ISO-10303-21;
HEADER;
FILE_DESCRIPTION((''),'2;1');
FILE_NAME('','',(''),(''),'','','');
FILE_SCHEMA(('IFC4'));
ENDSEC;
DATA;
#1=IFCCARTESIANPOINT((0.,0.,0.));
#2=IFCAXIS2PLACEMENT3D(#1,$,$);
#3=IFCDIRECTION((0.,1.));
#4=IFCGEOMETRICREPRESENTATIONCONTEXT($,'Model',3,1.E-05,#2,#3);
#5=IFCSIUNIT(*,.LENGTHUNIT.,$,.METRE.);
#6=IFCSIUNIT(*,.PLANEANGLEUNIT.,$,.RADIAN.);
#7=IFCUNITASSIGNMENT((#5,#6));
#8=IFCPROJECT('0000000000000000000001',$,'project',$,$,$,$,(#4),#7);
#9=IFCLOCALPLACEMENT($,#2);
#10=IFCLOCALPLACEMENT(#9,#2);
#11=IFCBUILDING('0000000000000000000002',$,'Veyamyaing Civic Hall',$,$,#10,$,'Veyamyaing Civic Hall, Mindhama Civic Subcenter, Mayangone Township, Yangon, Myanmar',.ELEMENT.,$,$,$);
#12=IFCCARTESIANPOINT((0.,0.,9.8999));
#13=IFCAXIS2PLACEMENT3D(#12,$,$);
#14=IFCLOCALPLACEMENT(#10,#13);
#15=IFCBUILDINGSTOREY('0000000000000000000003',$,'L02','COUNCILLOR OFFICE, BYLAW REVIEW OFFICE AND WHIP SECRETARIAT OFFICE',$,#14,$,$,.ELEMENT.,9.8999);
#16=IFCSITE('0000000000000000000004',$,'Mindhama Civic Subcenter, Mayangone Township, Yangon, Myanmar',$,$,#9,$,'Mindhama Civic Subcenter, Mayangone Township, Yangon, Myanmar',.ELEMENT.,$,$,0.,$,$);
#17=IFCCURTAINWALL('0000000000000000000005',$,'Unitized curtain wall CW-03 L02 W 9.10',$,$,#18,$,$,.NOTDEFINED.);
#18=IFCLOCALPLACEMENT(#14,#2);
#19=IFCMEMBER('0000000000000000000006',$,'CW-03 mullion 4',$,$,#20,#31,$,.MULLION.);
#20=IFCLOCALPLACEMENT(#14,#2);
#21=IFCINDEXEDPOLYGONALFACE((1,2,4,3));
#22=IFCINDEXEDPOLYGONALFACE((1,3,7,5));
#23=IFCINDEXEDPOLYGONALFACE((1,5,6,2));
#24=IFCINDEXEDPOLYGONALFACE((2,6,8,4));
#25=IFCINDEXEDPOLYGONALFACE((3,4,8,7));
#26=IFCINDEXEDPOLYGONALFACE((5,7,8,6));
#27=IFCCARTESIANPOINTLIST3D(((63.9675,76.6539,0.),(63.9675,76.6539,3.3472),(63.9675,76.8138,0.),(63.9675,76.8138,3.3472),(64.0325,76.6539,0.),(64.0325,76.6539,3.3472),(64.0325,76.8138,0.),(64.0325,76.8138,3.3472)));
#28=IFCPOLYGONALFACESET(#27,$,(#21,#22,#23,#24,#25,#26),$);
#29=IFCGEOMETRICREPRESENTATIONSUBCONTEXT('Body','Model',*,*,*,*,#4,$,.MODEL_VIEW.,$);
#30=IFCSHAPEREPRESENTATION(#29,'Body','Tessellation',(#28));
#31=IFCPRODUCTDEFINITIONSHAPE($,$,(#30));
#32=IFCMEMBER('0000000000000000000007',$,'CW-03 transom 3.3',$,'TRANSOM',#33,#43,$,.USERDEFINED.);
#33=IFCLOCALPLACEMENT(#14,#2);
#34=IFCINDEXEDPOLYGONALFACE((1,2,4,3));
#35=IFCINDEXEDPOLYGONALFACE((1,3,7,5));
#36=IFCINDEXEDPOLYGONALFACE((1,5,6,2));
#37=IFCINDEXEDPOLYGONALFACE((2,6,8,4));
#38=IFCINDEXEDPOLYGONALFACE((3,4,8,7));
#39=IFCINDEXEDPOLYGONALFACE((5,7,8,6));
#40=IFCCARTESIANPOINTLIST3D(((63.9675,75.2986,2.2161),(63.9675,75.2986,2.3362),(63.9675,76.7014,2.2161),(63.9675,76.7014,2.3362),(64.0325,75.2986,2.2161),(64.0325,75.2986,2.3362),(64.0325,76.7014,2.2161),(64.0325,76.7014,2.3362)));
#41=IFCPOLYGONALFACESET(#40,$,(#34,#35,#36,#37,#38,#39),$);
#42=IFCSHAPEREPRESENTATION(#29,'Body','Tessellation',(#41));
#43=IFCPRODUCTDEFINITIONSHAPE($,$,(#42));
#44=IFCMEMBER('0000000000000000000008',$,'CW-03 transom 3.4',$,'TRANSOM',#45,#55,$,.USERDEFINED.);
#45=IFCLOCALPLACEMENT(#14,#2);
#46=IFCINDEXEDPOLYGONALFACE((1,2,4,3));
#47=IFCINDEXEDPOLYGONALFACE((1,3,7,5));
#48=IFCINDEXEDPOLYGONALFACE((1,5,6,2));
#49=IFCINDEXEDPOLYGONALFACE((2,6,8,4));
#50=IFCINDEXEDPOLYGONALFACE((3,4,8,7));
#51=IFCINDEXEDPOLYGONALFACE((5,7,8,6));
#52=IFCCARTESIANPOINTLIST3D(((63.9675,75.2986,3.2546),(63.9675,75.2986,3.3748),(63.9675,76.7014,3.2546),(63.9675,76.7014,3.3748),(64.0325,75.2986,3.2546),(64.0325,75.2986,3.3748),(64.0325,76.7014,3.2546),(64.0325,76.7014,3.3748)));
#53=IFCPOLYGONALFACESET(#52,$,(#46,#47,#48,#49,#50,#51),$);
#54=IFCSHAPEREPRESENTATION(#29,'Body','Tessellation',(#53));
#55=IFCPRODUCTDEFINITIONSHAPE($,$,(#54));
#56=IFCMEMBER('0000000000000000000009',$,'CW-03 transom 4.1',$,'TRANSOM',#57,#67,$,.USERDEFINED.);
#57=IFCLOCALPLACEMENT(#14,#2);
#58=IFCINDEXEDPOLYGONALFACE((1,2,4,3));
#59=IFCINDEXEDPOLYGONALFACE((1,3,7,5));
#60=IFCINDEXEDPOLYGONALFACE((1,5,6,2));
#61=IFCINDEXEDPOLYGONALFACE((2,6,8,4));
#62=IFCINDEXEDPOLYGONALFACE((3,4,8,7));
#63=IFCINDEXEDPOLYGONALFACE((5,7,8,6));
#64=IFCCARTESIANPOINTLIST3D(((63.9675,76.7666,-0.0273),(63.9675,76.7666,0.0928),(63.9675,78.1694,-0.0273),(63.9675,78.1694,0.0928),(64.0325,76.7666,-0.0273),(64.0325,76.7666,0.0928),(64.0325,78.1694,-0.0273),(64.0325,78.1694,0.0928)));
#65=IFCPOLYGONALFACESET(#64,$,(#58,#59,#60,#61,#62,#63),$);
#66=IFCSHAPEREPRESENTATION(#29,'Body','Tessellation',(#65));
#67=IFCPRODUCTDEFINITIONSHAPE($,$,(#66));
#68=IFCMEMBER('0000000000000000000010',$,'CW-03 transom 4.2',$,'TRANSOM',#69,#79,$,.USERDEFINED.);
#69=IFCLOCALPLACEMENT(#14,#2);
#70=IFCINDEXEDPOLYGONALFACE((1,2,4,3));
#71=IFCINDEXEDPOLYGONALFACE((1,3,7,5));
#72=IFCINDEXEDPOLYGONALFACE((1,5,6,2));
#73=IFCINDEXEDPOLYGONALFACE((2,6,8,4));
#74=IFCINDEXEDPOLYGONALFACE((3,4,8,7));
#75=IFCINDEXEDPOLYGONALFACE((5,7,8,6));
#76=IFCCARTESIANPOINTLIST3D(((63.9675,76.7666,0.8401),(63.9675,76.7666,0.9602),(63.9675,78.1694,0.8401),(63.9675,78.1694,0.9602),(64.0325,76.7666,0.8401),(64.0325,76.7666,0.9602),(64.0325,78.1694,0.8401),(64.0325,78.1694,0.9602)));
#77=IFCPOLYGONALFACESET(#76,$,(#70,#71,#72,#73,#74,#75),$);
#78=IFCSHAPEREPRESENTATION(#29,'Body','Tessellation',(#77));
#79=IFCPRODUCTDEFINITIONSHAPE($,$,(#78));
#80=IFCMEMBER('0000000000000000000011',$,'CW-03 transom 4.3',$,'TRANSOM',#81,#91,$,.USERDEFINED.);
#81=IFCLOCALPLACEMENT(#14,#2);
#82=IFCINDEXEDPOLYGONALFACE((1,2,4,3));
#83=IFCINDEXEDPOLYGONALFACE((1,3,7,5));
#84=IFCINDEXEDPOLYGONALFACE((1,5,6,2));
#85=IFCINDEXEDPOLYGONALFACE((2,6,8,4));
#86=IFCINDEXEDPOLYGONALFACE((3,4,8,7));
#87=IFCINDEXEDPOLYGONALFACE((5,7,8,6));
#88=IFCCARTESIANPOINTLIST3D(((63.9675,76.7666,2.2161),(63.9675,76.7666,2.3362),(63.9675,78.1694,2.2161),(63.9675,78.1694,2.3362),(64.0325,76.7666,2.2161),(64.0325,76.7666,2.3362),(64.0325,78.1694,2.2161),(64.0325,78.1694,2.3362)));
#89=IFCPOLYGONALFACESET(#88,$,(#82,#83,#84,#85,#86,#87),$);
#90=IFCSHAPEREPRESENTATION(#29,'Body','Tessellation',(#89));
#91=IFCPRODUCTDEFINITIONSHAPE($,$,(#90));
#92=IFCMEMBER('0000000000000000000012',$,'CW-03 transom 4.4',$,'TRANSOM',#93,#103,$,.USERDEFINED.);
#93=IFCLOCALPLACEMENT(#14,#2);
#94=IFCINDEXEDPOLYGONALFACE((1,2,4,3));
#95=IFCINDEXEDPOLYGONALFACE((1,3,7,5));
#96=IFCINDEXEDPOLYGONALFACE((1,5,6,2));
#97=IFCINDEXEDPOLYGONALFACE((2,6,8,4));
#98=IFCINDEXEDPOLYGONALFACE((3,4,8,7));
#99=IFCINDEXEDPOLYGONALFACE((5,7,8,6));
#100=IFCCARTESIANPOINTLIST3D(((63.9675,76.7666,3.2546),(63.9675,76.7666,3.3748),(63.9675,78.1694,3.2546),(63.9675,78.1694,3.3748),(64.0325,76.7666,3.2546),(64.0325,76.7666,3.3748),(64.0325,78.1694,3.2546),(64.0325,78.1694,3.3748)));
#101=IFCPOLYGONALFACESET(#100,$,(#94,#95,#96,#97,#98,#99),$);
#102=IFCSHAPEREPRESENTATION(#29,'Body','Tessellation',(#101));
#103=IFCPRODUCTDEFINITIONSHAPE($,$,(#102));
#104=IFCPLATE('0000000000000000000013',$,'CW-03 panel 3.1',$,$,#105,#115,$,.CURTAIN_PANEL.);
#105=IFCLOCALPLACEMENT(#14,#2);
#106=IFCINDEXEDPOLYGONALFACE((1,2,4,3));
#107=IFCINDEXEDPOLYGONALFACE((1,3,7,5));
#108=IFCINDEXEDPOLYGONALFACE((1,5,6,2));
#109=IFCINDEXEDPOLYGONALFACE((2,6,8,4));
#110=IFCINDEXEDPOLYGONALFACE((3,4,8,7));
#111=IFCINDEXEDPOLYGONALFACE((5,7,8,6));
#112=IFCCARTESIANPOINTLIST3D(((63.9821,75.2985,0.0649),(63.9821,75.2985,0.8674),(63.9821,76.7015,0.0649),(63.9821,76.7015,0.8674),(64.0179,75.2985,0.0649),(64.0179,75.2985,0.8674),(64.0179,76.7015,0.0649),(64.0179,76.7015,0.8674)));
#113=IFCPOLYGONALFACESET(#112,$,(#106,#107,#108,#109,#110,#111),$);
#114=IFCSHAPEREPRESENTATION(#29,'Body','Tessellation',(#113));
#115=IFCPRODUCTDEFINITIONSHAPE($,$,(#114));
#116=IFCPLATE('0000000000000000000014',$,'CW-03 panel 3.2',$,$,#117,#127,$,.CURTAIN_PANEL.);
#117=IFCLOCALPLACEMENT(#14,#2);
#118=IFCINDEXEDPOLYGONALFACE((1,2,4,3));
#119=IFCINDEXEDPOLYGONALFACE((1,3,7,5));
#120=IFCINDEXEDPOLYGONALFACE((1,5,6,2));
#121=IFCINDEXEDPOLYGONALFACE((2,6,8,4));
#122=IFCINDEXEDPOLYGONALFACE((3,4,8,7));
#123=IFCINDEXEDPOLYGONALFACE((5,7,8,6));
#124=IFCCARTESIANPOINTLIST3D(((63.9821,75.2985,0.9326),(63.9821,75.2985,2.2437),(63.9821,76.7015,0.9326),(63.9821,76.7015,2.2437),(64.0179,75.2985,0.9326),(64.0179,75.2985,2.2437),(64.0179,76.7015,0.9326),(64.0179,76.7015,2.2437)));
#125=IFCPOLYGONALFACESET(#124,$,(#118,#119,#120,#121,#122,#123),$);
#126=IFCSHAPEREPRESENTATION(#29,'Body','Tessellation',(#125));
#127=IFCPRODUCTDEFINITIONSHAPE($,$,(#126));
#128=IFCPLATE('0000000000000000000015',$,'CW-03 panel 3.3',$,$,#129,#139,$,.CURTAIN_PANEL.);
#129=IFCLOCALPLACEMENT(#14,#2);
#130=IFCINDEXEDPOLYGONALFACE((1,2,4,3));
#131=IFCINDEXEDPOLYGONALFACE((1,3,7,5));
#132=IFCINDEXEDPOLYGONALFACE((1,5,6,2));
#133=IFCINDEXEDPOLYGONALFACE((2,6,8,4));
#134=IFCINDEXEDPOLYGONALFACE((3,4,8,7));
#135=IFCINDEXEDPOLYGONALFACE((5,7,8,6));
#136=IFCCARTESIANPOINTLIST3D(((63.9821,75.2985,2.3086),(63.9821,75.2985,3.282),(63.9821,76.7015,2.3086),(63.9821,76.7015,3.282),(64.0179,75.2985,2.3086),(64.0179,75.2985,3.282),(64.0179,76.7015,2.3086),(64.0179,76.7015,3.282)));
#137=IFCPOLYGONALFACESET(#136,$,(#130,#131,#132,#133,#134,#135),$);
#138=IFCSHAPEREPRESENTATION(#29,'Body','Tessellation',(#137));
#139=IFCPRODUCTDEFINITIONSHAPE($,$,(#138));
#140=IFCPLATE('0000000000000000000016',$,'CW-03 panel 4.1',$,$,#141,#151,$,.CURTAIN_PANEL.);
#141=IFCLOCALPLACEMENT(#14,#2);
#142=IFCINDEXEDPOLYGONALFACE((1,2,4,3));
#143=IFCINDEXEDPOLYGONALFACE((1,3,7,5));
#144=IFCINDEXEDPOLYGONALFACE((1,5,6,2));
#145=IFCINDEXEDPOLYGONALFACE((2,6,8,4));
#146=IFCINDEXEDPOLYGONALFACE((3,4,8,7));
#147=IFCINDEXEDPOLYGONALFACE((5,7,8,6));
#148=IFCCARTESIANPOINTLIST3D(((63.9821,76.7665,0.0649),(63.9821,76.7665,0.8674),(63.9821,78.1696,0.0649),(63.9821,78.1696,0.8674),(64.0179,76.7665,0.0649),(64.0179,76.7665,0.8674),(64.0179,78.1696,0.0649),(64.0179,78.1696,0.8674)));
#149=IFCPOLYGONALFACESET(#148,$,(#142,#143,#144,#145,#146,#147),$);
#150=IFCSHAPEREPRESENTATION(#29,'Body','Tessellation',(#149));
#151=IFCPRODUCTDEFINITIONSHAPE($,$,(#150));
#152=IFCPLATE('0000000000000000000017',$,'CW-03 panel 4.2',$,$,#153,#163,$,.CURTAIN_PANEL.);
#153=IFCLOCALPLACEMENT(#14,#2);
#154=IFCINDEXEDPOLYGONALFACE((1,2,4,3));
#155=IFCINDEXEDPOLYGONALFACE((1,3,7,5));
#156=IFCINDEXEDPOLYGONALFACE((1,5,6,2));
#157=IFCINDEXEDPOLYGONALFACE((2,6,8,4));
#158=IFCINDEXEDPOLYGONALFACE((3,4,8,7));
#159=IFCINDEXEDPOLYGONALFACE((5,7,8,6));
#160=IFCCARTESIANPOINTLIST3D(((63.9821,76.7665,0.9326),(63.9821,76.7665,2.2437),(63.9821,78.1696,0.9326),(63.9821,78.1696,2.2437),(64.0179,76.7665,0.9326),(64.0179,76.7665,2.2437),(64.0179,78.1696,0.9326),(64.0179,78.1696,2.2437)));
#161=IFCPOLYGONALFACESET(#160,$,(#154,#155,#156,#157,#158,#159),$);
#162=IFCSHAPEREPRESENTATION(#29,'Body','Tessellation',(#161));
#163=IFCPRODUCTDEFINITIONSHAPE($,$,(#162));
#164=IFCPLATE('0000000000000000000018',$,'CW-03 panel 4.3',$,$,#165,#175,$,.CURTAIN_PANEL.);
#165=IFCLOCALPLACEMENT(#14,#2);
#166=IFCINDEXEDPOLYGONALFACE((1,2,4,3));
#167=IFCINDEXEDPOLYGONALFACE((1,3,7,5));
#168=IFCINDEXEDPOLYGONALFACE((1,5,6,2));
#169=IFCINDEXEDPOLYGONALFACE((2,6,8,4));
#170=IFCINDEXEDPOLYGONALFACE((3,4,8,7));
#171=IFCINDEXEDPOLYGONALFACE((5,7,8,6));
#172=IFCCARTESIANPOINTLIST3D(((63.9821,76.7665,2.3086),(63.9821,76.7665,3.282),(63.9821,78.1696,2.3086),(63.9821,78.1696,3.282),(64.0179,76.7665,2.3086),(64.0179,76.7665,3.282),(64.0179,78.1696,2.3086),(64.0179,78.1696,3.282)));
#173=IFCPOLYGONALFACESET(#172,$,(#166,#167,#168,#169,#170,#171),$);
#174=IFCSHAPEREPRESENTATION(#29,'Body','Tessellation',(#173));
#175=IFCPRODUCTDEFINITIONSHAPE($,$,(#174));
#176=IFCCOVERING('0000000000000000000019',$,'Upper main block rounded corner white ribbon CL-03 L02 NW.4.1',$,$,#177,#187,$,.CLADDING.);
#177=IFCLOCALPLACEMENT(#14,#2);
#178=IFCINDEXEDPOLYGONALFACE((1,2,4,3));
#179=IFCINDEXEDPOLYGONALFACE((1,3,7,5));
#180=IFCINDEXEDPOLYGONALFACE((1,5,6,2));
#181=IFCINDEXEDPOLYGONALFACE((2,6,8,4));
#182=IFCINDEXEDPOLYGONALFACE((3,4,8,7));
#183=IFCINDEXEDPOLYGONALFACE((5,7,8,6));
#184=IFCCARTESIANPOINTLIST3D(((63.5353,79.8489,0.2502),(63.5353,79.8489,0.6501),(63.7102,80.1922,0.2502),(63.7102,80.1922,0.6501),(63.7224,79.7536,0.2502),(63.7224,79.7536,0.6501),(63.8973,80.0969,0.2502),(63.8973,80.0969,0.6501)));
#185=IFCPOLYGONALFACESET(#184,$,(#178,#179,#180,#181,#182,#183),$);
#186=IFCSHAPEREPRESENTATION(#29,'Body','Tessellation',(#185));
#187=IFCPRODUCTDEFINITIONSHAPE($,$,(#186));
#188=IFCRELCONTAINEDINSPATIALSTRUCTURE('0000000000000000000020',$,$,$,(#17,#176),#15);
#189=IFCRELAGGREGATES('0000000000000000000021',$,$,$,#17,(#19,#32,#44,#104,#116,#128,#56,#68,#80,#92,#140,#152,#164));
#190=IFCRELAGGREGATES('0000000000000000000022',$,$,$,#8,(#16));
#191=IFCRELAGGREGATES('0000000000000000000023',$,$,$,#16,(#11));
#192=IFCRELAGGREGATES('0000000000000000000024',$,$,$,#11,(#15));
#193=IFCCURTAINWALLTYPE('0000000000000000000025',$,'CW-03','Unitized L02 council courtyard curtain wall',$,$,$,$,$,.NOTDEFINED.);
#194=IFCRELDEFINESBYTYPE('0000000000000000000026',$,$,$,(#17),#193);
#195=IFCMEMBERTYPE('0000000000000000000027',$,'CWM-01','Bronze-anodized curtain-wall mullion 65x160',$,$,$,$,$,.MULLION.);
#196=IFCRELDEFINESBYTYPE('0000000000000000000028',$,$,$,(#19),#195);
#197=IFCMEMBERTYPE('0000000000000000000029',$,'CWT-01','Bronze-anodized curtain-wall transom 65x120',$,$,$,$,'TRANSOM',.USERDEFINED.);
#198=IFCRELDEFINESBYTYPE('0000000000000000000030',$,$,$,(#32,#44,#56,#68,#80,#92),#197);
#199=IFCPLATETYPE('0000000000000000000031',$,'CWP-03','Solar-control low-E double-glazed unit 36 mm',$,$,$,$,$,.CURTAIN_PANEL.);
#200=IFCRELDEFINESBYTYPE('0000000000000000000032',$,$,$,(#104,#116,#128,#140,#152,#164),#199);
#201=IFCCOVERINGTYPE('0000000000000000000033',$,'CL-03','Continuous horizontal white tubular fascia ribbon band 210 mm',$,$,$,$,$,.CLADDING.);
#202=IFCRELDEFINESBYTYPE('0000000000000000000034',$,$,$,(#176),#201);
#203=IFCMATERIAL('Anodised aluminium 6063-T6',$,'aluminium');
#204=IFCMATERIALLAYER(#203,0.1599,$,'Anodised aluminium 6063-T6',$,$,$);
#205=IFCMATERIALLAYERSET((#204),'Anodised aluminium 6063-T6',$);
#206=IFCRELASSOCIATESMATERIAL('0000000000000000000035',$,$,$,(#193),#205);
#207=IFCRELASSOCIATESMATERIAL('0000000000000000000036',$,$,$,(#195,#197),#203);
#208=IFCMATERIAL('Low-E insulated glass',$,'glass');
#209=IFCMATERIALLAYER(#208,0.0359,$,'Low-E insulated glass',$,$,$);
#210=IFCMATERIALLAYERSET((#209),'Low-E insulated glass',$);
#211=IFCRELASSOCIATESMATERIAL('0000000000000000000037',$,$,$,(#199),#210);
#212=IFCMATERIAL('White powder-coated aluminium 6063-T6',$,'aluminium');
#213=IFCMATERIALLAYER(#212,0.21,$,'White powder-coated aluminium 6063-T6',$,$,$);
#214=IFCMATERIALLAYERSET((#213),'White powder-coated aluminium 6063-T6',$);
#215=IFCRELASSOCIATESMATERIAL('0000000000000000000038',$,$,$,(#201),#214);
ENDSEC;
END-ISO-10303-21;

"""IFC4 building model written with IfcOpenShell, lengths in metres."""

from ifc_helpers import new_model, si_unit, direction, frame, origin, origin_2d, place, context, subcontext, project, spatial, rectangle, extrude, material, layer, layer_set, material_profile, profile_set, type_object, element, aggregate, save


model = new_model("IFC4")

# Units and contexts
model_context = context("Model", 3, precision=1e-05, world=origin(), true_north=direction((0.0, 1.0)))
body_context = subcontext(model_context, "Body", "Model", "MODEL_VIEW")
ifc_project = project(units=[si_unit("LENGTHUNIT", "METRE"), si_unit("PLANEANGLEUNIT", "RADIAN")], contexts=[model_context])

# Site, building, storey
site_placement = place(None, origin())
site = spatial("IfcSite", under=ifc_project, at=site_placement, Name="Mindhama Civic Subcenter, Mayangone Township, Yangon, Myanmar", LongName="Mindhama Civic Subcenter, Mayangone Township, Yangon, Myanmar", CompositionType="ELEMENT", RefElevation=0.0)
building_placement = place(site_placement, origin())
building = spatial("IfcBuilding", under=site, at=building_placement, Name="Veyamyaing Civic Hall", LongName="Veyamyaing Civic Hall, Mindhama Civic Subcenter, Mayangone Township, Yangon, Myanmar", CompositionType="ELEMENT")
storey_placement = place(building_placement, frame((0.0, 0.0, 9.8999)))
storey = spatial("IfcBuildingStorey", under=building, at=storey_placement, Name="L02", Description="COUNCILLOR OFFICE, BYLAW REVIEW OFFICE AND WHIP SECRETARIAT OFFICE", CompositionType="ELEMENT", Elevation=9.8999)

# Curtain wall, members, plates
ifc_material_1 = material(Name="Anodised aluminium 6063-T6", Category="aluminium")
ifc_layer_1 = layer(ifc_material_1, 0.1599, Name="Anodised aluminium 6063-T6")
ifc_layer_set_1 = layer_set([ifc_layer_1], Name="Anodised aluminium 6063-T6")
curtain_wall_type = type_object("IfcCurtainWallType", Name="CW-03", Description="Unitized L02 council courtyard curtain wall", PredefinedType="NOTDEFINED", material=ifc_layer_set_1)
curtain_wall_placement = place(storey_placement, origin())
curtain_wall = element("IfcCurtainWall", 1, at=curtain_wall_placement, inside=storey, type_object=curtain_wall_type, Name="Unitized curtain wall CW-03 L02 W 9.10", PredefinedType="NOTDEFINED")
ifc_material_profile_1 = material_profile(ifc_material_1, rectangle(XDim=0.0649, YDim=0.1599, at=origin_2d()), Name="ALU-MUL-65X160")
ifc_profile_set_1 = profile_set([ifc_material_profile_1], Name="Anodised aluminium 6063-T6")
member_type_1 = type_object("IfcMemberType", Name="CWM-01", Description="Bronze-anodized curtain-wall mullion 65x160", PredefinedType="MULLION", material=ifc_profile_set_1)
member_1_placement = place(storey_placement, frame((64.0, 76.7339, 0.0), z_axis=(0.0, 0.0, 1.0), x_axis=(-1.0, 0.0, 0.0)))
member_1 = element("IfcMember", 2, at=member_1_placement, type_object=member_type_1, Name="CW-03 mullion 4", PredefinedType="MULLION", context=body_context, shape_type="SweptSolid", body=[
    extrude(rectangle(XDim=0.0649, YDim=0.1599, at=origin_2d()), origin(), (0.0, 0.0, 1.0), 3.3472),
])
ifc_material_profile_2 = material_profile(ifc_material_1, rectangle(XDim=0.0649, YDim=0.1201, at=origin_2d()), Name="ALU-TRN-65X120")
ifc_profile_set_2 = profile_set([ifc_material_profile_2], Name="Anodised aluminium 6063-T6")
member_type_2 = type_object("IfcMemberType", Name="CWT-01", Description="Bronze-anodized curtain-wall transom 65x120", ElementType="TRANSOM", PredefinedType="USERDEFINED", material=ifc_profile_set_2)
member_2_placement = place(storey_placement, frame((64.0, 75.2986, 2.2761), z_axis=(0.0, 1.0, 0.0), x_axis=(-1.0, 0.0, 0.0)))
member_2 = element("IfcMember", 3, at=member_2_placement, type_object=member_type_2, Name="CW-03 transom 3.3", ObjectType="TRANSOM", PredefinedType="USERDEFINED", context=body_context, shape_type="SweptSolid", body=[
    extrude(rectangle(XDim=0.0649, YDim=0.1201, at=origin_2d()), origin(), (0.0, 0.0, 1.0), 1.4028),
])
member_3_placement = place(storey_placement, frame((64.0, 75.2986, 3.3147), z_axis=(0.0, 1.0, 0.0), x_axis=(-1.0, 0.0, 0.0)))
member_3 = element("IfcMember", 4, at=member_3_placement, type_object=member_type_2, Name="CW-03 transom 3.4", ObjectType="TRANSOM", PredefinedType="USERDEFINED", context=body_context, shape_type="SweptSolid", body=[
    extrude(rectangle(XDim=0.0649, YDim=0.1201, at=origin_2d()), origin(), (0.0, 0.0, 1.0), 1.4028),
])
member_4_placement = place(storey_placement, frame((64.0, 76.7666, 0.0327), z_axis=(0.0, 1.0, 0.0), x_axis=(-1.0, 0.0, 0.0)))
member_4 = element("IfcMember", 5, at=member_4_placement, type_object=member_type_2, Name="CW-03 transom 4.1", ObjectType="TRANSOM", PredefinedType="USERDEFINED", context=body_context, shape_type="SweptSolid", body=[
    extrude(rectangle(XDim=0.0649, YDim=0.1201, at=origin_2d()), origin(), (0.0, 0.0, 1.0), 1.4028),
])
member_5_placement = place(storey_placement, frame((64.0, 76.7666, 0.9001), z_axis=(0.0, 1.0, 0.0), x_axis=(-1.0, 0.0, 0.0)))
member_5 = element("IfcMember", 6, at=member_5_placement, type_object=member_type_2, Name="CW-03 transom 4.2", ObjectType="TRANSOM", PredefinedType="USERDEFINED", context=body_context, shape_type="SweptSolid", body=[
    extrude(rectangle(XDim=0.0649, YDim=0.1201, at=origin_2d()), origin(), (0.0, 0.0, 1.0), 1.4028),
])
member_6_placement = place(storey_placement, frame((64.0, 76.7666, 2.2761), z_axis=(0.0, 1.0, 0.0), x_axis=(-1.0, 0.0, 0.0)))
member_6 = element("IfcMember", 7, at=member_6_placement, type_object=member_type_2, Name="CW-03 transom 4.3", ObjectType="TRANSOM", PredefinedType="USERDEFINED", context=body_context, shape_type="SweptSolid", body=[
    extrude(rectangle(XDim=0.0649, YDim=0.1201, at=origin_2d()), origin(), (0.0, 0.0, 1.0), 1.4028),
])
member_7_placement = place(storey_placement, frame((64.0, 76.7666, 3.3147), z_axis=(0.0, 1.0, 0.0), x_axis=(-1.0, 0.0, 0.0)))
member_7 = element("IfcMember", 8, at=member_7_placement, type_object=member_type_2, Name="CW-03 transom 4.4", ObjectType="TRANSOM", PredefinedType="USERDEFINED", context=body_context, shape_type="SweptSolid", body=[
    extrude(rectangle(XDim=0.0649, YDim=0.1201, at=origin_2d()), origin(), (0.0, 0.0, 1.0), 1.4028),
])
ifc_material_2 = material(Name="Low-E insulated glass", Category="glass")
ifc_layer_2 = layer(ifc_material_2, 0.0359, Name="Low-E insulated glass")
ifc_layer_set_2 = layer_set([ifc_layer_2], Name="Low-E insulated glass")
plate_type = type_object("IfcPlateType", Name="CWP-03", Description="Solar-control low-E double-glazed unit 36 mm", PredefinedType="CURTAIN_PANEL", material=ifc_layer_set_2)
plate_1_placement = place(storey_placement, frame((64.0, 76.0, 0.0649), z_axis=(0.0, 0.0, 1.0), x_axis=(0.0, 1.0, 0.0)))
plate_1 = element("IfcPlate", 9, at=plate_1_placement, type_object=plate_type, Name="CW-03 panel 3.1", PredefinedType="CURTAIN_PANEL", context=body_context, shape_type="SweptSolid", body=[
    extrude(rectangle(XDim=1.4031, YDim=0.0359, at=origin_2d()), origin(), (0.0, 0.0, 1.0), 0.8025),
])
plate_2_placement = place(storey_placement, frame((64.0, 76.0, 0.9326), z_axis=(0.0, 0.0, 1.0), x_axis=(0.0, 1.0, 0.0)))
plate_2 = element("IfcPlate", 10, at=plate_2_placement, type_object=plate_type, Name="CW-03 panel 3.2", PredefinedType="CURTAIN_PANEL", context=body_context, shape_type="SweptSolid", body=[
    extrude(rectangle(XDim=1.4031, YDim=0.0359, at=origin_2d()), origin(), (0.0, 0.0, 1.0), 1.311),
])
plate_3_placement = place(storey_placement, frame((64.0, 76.0, 2.3086), z_axis=(0.0, 0.0, 1.0), x_axis=(0.0, 1.0, 0.0)))
plate_3 = element("IfcPlate", 11, at=plate_3_placement, type_object=plate_type, Name="CW-03 panel 3.3", PredefinedType="CURTAIN_PANEL", context=body_context, shape_type="SweptSolid", body=[
    extrude(rectangle(XDim=1.4031, YDim=0.0359, at=origin_2d()), origin(), (0.0, 0.0, 1.0), 0.9734),
])
plate_4_placement = place(storey_placement, frame((64.0, 77.468, 0.0649), z_axis=(0.0, 0.0, 1.0), x_axis=(0.0, 1.0, 0.0)))
plate_4 = element("IfcPlate", 12, at=plate_4_placement, type_object=plate_type, Name="CW-03 panel 4.1", PredefinedType="CURTAIN_PANEL", context=body_context, shape_type="SweptSolid", body=[
    extrude(rectangle(XDim=1.4031, YDim=0.0359, at=origin_2d()), origin(), (0.0, 0.0, 1.0), 0.8025),
])
plate_5_placement = place(storey_placement, frame((64.0, 77.468, 0.9326), z_axis=(0.0, 0.0, 1.0), x_axis=(0.0, 1.0, 0.0)))
plate_5 = element("IfcPlate", 13, at=plate_5_placement, type_object=plate_type, Name="CW-03 panel 4.2", PredefinedType="CURTAIN_PANEL", context=body_context, shape_type="SweptSolid", body=[
    extrude(rectangle(XDim=1.4031, YDim=0.0359, at=origin_2d()), origin(), (0.0, 0.0, 1.0), 1.311),
])
plate_6_placement = place(storey_placement, frame((64.0, 77.468, 2.3086), z_axis=(0.0, 0.0, 1.0), x_axis=(0.0, 1.0, 0.0)))
plate_6 = element("IfcPlate", 14, at=plate_6_placement, type_object=plate_type, Name="CW-03 panel 4.3", PredefinedType="CURTAIN_PANEL", context=body_context, shape_type="SweptSolid", body=[
    extrude(rectangle(XDim=1.4031, YDim=0.0359, at=origin_2d()), origin(), (0.0, 0.0, 1.0), 0.9734),
])
aggregate(curtain_wall, [member_1, member_2, member_3, plate_1, plate_2, plate_3, member_4, member_5, member_6, member_7, plate_4, plate_5, plate_6])

# Covering
ifc_material_3 = material(Name="White powder-coated aluminium 6063-T6", Category="aluminium")
ifc_layer_3 = layer(ifc_material_3, 0.21, Name="White powder-coated aluminium 6063-T6")
ifc_layer_set_3 = layer_set([ifc_layer_3], Name="White powder-coated aluminium 6063-T6")
covering_type = type_object("IfcCoveringType", Name="CL-03", Description="Continuous horizontal white tubular fascia ribbon band 210 mm", PredefinedType="CLADDING", material=ifc_layer_set_3)
for number, where, z_axis, x_axis, name in (
    (15, (63.7163, 79.9729, 0.2502), (0.0, 0.0, 1.0), (-0.45399, -0.891007, 0.0), "Upper main block rounded corner white ribbon CL-03 L02 NW.4.1"),
):
    element("IfcCovering", number, at=place(storey_placement, frame(where, z_axis=z_axis, x_axis=x_axis)), inside=storey, type_object=covering_type, Name=name, PredefinedType="CLADDING", context=body_context, shape_type="SweptSolid", body=[
        extrude(rectangle(XDim=0.3853, YDim=0.21, at=origin_2d()), origin(), (0.0, 0.0, 1.0), 0.3999),
    ])

save(model, "model.ifc")
